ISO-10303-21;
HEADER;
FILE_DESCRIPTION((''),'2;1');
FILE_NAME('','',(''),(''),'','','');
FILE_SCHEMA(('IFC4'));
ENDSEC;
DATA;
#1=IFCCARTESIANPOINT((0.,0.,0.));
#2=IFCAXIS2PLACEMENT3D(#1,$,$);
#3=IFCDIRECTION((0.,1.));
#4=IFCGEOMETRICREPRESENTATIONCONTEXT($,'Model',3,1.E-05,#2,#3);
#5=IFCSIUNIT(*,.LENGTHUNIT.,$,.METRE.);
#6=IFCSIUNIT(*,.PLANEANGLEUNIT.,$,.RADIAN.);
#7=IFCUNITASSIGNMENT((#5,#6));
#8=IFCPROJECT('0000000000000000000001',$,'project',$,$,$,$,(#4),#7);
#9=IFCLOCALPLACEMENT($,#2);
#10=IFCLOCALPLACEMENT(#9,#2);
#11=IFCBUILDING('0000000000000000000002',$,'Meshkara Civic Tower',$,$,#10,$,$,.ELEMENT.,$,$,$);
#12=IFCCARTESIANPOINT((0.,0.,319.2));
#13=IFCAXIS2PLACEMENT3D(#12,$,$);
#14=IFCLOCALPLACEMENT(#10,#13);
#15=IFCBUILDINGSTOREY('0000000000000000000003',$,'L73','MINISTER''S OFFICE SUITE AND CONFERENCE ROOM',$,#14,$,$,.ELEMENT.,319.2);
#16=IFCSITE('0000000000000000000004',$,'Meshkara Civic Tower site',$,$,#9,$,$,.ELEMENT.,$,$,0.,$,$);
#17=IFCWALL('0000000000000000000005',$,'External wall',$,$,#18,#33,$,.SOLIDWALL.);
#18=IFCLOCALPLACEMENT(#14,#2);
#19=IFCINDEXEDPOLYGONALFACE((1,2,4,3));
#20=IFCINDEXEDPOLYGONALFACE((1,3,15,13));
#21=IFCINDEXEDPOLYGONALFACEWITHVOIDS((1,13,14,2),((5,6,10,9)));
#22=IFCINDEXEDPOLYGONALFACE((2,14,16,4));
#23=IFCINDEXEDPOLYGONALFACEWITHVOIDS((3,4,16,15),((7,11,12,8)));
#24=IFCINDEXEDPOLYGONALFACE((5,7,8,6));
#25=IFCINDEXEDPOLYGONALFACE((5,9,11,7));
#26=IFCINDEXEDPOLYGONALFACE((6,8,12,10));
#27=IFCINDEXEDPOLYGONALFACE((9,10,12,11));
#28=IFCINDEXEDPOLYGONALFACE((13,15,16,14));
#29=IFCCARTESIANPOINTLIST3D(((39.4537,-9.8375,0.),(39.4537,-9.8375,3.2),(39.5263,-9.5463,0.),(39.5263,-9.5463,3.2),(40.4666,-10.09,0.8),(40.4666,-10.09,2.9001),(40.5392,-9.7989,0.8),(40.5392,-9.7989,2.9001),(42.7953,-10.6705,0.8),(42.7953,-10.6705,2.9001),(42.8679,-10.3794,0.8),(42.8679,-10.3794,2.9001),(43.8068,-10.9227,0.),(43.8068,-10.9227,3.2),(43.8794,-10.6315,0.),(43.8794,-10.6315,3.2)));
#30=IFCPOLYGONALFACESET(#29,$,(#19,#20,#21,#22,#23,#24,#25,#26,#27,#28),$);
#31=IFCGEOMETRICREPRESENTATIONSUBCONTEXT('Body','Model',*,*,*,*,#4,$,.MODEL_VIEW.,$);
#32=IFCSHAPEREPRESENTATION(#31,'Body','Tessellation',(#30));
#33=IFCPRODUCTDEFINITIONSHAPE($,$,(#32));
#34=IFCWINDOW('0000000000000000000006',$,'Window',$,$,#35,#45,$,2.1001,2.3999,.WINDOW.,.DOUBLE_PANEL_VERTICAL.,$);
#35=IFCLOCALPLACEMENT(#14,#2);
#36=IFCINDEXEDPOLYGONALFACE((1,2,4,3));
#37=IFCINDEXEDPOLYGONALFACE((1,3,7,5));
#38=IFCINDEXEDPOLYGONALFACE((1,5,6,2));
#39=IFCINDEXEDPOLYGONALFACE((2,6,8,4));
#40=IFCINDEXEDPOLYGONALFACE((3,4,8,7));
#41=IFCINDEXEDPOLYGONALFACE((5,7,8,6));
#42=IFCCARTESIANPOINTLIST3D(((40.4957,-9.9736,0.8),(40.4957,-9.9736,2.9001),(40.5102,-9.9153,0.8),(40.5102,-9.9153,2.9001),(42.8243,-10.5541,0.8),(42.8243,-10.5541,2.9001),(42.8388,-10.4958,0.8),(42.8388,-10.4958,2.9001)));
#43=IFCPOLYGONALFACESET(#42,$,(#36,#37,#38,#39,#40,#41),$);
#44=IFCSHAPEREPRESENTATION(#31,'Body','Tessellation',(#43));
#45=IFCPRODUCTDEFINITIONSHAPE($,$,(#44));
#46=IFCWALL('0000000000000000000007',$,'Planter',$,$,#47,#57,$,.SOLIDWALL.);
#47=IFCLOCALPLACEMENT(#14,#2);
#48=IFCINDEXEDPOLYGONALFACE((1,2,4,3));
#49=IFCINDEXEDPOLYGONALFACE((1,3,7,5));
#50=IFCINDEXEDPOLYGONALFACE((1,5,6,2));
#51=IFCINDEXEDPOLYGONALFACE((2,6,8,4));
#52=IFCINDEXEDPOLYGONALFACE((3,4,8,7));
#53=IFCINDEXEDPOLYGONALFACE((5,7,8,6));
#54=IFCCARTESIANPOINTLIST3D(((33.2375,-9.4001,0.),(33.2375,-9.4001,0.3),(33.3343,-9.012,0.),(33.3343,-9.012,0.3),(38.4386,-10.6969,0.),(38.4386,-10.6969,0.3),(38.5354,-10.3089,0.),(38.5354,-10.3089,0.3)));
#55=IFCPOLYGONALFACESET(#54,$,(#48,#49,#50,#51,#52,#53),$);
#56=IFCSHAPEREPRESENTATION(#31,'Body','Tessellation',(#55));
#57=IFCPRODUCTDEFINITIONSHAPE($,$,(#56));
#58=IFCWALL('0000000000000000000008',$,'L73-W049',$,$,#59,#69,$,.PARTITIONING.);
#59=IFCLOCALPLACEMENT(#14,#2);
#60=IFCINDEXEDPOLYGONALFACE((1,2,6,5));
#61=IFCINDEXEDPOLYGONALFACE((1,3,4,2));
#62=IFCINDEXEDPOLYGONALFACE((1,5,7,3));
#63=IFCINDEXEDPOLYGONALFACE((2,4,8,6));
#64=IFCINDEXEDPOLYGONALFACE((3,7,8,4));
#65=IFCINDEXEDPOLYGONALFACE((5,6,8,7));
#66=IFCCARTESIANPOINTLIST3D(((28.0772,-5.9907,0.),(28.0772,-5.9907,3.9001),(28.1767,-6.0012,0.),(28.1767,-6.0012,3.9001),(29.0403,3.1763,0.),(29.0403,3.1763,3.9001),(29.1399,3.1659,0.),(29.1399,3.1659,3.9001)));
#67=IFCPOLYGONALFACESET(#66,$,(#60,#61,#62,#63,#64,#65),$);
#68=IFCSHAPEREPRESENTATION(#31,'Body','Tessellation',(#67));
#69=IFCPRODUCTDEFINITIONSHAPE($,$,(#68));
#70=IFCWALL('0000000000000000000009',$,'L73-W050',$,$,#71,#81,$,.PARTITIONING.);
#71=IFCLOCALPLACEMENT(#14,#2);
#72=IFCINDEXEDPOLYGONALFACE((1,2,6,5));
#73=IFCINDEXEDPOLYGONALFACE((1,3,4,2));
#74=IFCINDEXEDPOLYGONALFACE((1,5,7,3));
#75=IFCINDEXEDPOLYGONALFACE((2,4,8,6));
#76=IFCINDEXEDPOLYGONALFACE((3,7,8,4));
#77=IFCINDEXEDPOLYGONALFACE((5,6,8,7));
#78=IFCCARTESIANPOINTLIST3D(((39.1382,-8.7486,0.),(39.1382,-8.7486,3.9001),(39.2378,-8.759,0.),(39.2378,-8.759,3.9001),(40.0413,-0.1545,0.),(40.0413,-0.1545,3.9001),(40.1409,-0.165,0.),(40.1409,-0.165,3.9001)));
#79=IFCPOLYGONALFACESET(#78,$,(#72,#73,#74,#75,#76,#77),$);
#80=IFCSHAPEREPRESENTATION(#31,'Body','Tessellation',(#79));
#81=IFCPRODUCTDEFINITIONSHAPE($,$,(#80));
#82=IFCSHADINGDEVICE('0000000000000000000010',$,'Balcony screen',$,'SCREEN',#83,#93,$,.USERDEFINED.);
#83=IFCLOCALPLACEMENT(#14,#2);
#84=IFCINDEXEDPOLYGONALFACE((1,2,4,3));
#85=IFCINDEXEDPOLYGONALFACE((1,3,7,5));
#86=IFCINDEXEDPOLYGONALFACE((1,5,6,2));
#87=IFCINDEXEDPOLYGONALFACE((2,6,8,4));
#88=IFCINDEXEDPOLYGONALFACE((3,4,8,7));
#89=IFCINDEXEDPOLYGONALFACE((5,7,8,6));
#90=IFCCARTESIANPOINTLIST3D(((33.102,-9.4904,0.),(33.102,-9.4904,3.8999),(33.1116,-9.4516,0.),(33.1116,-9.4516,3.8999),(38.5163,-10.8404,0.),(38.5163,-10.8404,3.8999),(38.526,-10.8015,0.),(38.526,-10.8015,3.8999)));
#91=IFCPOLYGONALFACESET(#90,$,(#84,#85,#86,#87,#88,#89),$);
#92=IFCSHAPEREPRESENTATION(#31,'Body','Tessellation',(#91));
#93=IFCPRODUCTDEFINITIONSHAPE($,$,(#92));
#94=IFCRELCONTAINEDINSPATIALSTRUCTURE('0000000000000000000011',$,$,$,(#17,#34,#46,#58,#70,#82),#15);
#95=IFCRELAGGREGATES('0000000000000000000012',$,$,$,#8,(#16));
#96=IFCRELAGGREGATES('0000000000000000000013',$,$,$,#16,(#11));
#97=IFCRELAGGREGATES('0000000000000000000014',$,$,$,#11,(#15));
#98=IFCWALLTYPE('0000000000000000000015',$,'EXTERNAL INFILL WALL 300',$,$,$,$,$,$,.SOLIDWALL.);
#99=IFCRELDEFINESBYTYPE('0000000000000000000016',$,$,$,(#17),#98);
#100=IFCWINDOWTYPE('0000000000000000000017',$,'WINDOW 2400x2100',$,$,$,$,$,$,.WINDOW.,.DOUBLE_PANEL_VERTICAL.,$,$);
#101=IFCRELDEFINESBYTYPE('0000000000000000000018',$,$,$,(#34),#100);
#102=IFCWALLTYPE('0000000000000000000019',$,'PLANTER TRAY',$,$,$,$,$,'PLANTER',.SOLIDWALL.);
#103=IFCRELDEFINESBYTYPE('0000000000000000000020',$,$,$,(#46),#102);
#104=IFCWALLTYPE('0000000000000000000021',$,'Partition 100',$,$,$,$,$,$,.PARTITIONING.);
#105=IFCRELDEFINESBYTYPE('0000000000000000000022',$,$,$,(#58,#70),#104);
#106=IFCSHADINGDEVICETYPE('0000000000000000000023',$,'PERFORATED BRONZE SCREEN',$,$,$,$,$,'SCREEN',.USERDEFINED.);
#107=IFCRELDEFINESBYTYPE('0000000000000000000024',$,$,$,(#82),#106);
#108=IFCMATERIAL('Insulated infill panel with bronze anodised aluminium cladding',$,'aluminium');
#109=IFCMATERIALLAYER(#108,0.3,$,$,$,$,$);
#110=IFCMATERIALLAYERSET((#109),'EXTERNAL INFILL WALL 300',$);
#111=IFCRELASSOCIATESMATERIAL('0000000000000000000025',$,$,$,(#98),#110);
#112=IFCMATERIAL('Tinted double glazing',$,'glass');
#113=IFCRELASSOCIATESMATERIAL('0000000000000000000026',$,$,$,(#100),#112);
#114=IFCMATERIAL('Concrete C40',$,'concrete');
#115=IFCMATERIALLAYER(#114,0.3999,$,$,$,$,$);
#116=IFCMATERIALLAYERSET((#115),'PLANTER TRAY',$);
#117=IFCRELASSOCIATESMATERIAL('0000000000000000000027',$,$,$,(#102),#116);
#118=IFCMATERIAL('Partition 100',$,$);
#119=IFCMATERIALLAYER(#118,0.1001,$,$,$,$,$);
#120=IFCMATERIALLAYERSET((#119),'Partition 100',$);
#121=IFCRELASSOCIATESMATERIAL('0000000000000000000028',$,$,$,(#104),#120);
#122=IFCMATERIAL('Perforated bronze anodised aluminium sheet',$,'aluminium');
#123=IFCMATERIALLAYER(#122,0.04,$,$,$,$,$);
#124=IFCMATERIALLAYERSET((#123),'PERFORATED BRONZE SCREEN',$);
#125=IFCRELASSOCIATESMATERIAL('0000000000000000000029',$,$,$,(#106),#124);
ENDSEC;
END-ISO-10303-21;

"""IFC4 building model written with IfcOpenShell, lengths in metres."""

from ifc_helpers import new_model, si_unit, direction, frame, frame_2d, origin, origin_2d, place, context, subcontext, project, spatial, rectangle, extrude, material, layer, layer_set, type_object, element, fill, save


model = new_model("IFC4")

# Units and contexts
model_context = context("Model", 3, precision=1e-05, world=origin(), true_north=direction((0.0, 1.0)))
body_context = subcontext(model_context, "Body", "Model", "MODEL_VIEW")
ifc_project = project(units=[si_unit("LENGTHUNIT", "METRE"), si_unit("PLANEANGLEUNIT", "RADIAN")], contexts=[model_context])

# Site, building, storey
site_placement = place(None, origin())
site = spatial("IfcSite", under=ifc_project, at=site_placement, Name="Meshkara Civic Tower site", CompositionType="ELEMENT", RefElevation=0.0)
building_placement = place(site_placement, origin())
building = spatial("IfcBuilding", under=site, at=building_placement, Name="Meshkara Civic Tower", CompositionType="ELEMENT")
storey_placement = place(building_placement, frame((0.0, 0.0, 319.2)))
storey = spatial("IfcBuildingStorey", under=building, at=storey_placement, Name="L73", Description="MINISTER'S OFFICE SUITE AND CONFERENCE ROOM", CompositionType="ELEMENT", Elevation=319.2)

# Wall, opening, window
ifc_material_1 = material(Name="Insulated infill panel with bronze anodised aluminium cladding", Category="aluminium")
ifc_layer_1 = layer(ifc_material_1, 0.3)
ifc_layer_set_1 = layer_set([ifc_layer_1], Name="EXTERNAL INFILL WALL 300")
wall_type_1 = type_object("IfcWallType", Name="EXTERNAL INFILL WALL 300", PredefinedType="SOLIDWALL", material=ifc_layer_set_1)
ifc_material_2 = material(Name="Tinted double glazing", Category="glass")
window_type = type_object("IfcWindowType", Name="WINDOW 2400x2100", PartitioningType="DOUBLE_PANEL_VERTICAL", PredefinedType="WINDOW", material=ifc_material_2)
wall_1_placement = place(storey_placement, frame((39.49, -9.6919, 0.0), z_axis=(0.0, 0.0, 1.0), x_axis=(0.970302, -0.241895, 0.0)))
wall_1 = element("IfcWall", 1, at=wall_1_placement, inside=storey, type_object=wall_type_1, Name="External wall", PredefinedType="SOLIDWALL", context=body_context, shape_type="SweptSolid", body=[
    extrude(rectangle(XDim=4.4863, YDim=0.3, at=frame_2d((2.2432, 0.0))), origin(), (0.0, 0.0, 1.0), 3.2),
])
opening_1_placement = place(wall_1_placement, frame((1.0439, 0.0, 0.8)))
opening_1 = element("IfcOpeningElement", 2, at=opening_1_placement, cuts=wall_1, PredefinedType="OPENING", context=body_context, shape_type="SweptSolid", body=[
    extrude(rectangle(XDim=2.3999, YDim=2.1001, at=frame_2d((1.2, 1.05))), frame((0.0, 0.1599, 0.0), z_axis=(0.0, -1.0, 0.0), x_axis=(1.0, 0.0, 0.0)), (0.0, 0.0, 1.0), 0.3201),
])
window_1_placement = place(opening_1_placement, origin())
window_1 = element("IfcWindow", 3, at=window_1_placement, inside=storey, type_object=window_type, Name="Window", OverallHeight=2.1001, OverallWidth=2.3999, PartitioningType="DOUBLE_PANEL_VERTICAL", PredefinedType="WINDOW", context=body_context, shape_type="SweptSolid", body=[
    extrude(rectangle(XDim=2.3999, YDim=2.1001, at=frame_2d((1.2, 1.05))), frame((0.0, 0.03, 0.0), z_axis=(0.0, -1.0, 0.0), x_axis=(1.0, 0.0, 0.0)), (0.0, 0.0, 1.0), 0.0601),
])
fill(opening_1, window_1)

# Walls
ifc_material_3 = material(Name="Concrete C40", Category="concrete")
ifc_layer_2 = layer(ifc_material_3, 0.3999)
ifc_layer_set_2 = layer_set([ifc_layer_2], Name="PLANTER TRAY")
wall_type_2 = type_object("IfcWallType", Name="PLANTER TRAY", ElementType="PLANTER", PredefinedType="SOLIDWALL", material=ifc_layer_set_2)
wall_2_placement = place(storey_placement, frame((33.2859, -9.2061, 0.0), z_axis=(0.0, 0.0, 1.0), x_axis=(0.970292, -0.241935, 0.0)))
element("IfcWall", 4, at=wall_2_placement, inside=storey, type_object=wall_type_2, Name="Planter", PredefinedType="SOLIDWALL", context=body_context, shape_type="SweptSolid", body=[
    extrude(rectangle(XDim=5.3604, YDim=0.3999, at=frame_2d((2.6802, 0.0))), origin(), (0.0, 0.0, 1.0), 0.3),
])
ifc_material_4 = material(Name="Partition 100")
ifc_layer_3 = layer(ifc_material_4, 0.1001)
ifc_layer_set_3 = layer_set([ifc_layer_3], Name="Partition 100")
wall_type_3 = type_object("IfcWallType", Name="Partition 100", PredefinedType="PARTITIONING", material=ifc_layer_set_3)
wall_3_placement = place(storey_placement, frame((28.127, -5.9961, 0.0), z_axis=(0.0, 0.0, 1.0), x_axis=(0.10449, 0.994526, 0.0)))
element("IfcWall", 5, at=wall_3_placement, inside=storey, type_object=wall_type_3, Name="L73-W049", PredefinedType="PARTITIONING", context=body_context, shape_type="SweptSolid", body=[
    extrude(rectangle(XDim=9.2175, YDim=0.1001, at=frame_2d((4.6089, 0.0))), origin(), (0.0, 0.0, 1.0), 3.9001),
])
wall_4_placement = place(storey_placement, frame((39.188, -8.7539, 0.0), z_axis=(0.0, 0.0, 1.0), x_axis=(0.104507, 0.994524, 0.0)))
element("IfcWall", 6, at=wall_4_placement, inside=storey, type_object=wall_type_3, Name="L73-W050", PredefinedType="PARTITIONING", context=body_context, shape_type="SweptSolid", body=[
    extrude(rectangle(XDim=8.6414, YDim=0.1001, at=frame_2d((4.3208, 0.0))), origin(), (0.0, 0.0, 1.0), 3.9001),
])

# Shading device
ifc_material_5 = material(Name="Perforated bronze anodised aluminium sheet", Category="aluminium")
ifc_layer_4 = layer(ifc_material_5, 0.04)
ifc_layer_set_4 = layer_set([ifc_layer_4], Name="PERFORATED BRONZE SCREEN")
shading_device_type = type_object("IfcShadingDeviceType", Name="PERFORATED BRONZE SCREEN", ElementType="SCREEN", PredefinedType="USERDEFINED", material=ifc_layer_set_4)
shading_device_placement = place(storey_placement, frame((35.814, -10.146, 0.0), z_axis=(0.0, 0.0, 1.0), x_axis=(0.970296, -0.241922, 0.0)))
element("IfcShadingDevice", 7, at=shading_device_placement, inside=storey, type_object=shading_device_type, Name="Balcony screen", ObjectType="SCREEN", PredefinedType="USERDEFINED", context=body_context, shape_type="SweptSolid", body=[
    extrude(rectangle(XDim=5.5801, YDim=0.04, at=origin_2d()), origin(), (0.0, 0.0, 1.0), 3.8999),
])

save(model, "model.ifc")
